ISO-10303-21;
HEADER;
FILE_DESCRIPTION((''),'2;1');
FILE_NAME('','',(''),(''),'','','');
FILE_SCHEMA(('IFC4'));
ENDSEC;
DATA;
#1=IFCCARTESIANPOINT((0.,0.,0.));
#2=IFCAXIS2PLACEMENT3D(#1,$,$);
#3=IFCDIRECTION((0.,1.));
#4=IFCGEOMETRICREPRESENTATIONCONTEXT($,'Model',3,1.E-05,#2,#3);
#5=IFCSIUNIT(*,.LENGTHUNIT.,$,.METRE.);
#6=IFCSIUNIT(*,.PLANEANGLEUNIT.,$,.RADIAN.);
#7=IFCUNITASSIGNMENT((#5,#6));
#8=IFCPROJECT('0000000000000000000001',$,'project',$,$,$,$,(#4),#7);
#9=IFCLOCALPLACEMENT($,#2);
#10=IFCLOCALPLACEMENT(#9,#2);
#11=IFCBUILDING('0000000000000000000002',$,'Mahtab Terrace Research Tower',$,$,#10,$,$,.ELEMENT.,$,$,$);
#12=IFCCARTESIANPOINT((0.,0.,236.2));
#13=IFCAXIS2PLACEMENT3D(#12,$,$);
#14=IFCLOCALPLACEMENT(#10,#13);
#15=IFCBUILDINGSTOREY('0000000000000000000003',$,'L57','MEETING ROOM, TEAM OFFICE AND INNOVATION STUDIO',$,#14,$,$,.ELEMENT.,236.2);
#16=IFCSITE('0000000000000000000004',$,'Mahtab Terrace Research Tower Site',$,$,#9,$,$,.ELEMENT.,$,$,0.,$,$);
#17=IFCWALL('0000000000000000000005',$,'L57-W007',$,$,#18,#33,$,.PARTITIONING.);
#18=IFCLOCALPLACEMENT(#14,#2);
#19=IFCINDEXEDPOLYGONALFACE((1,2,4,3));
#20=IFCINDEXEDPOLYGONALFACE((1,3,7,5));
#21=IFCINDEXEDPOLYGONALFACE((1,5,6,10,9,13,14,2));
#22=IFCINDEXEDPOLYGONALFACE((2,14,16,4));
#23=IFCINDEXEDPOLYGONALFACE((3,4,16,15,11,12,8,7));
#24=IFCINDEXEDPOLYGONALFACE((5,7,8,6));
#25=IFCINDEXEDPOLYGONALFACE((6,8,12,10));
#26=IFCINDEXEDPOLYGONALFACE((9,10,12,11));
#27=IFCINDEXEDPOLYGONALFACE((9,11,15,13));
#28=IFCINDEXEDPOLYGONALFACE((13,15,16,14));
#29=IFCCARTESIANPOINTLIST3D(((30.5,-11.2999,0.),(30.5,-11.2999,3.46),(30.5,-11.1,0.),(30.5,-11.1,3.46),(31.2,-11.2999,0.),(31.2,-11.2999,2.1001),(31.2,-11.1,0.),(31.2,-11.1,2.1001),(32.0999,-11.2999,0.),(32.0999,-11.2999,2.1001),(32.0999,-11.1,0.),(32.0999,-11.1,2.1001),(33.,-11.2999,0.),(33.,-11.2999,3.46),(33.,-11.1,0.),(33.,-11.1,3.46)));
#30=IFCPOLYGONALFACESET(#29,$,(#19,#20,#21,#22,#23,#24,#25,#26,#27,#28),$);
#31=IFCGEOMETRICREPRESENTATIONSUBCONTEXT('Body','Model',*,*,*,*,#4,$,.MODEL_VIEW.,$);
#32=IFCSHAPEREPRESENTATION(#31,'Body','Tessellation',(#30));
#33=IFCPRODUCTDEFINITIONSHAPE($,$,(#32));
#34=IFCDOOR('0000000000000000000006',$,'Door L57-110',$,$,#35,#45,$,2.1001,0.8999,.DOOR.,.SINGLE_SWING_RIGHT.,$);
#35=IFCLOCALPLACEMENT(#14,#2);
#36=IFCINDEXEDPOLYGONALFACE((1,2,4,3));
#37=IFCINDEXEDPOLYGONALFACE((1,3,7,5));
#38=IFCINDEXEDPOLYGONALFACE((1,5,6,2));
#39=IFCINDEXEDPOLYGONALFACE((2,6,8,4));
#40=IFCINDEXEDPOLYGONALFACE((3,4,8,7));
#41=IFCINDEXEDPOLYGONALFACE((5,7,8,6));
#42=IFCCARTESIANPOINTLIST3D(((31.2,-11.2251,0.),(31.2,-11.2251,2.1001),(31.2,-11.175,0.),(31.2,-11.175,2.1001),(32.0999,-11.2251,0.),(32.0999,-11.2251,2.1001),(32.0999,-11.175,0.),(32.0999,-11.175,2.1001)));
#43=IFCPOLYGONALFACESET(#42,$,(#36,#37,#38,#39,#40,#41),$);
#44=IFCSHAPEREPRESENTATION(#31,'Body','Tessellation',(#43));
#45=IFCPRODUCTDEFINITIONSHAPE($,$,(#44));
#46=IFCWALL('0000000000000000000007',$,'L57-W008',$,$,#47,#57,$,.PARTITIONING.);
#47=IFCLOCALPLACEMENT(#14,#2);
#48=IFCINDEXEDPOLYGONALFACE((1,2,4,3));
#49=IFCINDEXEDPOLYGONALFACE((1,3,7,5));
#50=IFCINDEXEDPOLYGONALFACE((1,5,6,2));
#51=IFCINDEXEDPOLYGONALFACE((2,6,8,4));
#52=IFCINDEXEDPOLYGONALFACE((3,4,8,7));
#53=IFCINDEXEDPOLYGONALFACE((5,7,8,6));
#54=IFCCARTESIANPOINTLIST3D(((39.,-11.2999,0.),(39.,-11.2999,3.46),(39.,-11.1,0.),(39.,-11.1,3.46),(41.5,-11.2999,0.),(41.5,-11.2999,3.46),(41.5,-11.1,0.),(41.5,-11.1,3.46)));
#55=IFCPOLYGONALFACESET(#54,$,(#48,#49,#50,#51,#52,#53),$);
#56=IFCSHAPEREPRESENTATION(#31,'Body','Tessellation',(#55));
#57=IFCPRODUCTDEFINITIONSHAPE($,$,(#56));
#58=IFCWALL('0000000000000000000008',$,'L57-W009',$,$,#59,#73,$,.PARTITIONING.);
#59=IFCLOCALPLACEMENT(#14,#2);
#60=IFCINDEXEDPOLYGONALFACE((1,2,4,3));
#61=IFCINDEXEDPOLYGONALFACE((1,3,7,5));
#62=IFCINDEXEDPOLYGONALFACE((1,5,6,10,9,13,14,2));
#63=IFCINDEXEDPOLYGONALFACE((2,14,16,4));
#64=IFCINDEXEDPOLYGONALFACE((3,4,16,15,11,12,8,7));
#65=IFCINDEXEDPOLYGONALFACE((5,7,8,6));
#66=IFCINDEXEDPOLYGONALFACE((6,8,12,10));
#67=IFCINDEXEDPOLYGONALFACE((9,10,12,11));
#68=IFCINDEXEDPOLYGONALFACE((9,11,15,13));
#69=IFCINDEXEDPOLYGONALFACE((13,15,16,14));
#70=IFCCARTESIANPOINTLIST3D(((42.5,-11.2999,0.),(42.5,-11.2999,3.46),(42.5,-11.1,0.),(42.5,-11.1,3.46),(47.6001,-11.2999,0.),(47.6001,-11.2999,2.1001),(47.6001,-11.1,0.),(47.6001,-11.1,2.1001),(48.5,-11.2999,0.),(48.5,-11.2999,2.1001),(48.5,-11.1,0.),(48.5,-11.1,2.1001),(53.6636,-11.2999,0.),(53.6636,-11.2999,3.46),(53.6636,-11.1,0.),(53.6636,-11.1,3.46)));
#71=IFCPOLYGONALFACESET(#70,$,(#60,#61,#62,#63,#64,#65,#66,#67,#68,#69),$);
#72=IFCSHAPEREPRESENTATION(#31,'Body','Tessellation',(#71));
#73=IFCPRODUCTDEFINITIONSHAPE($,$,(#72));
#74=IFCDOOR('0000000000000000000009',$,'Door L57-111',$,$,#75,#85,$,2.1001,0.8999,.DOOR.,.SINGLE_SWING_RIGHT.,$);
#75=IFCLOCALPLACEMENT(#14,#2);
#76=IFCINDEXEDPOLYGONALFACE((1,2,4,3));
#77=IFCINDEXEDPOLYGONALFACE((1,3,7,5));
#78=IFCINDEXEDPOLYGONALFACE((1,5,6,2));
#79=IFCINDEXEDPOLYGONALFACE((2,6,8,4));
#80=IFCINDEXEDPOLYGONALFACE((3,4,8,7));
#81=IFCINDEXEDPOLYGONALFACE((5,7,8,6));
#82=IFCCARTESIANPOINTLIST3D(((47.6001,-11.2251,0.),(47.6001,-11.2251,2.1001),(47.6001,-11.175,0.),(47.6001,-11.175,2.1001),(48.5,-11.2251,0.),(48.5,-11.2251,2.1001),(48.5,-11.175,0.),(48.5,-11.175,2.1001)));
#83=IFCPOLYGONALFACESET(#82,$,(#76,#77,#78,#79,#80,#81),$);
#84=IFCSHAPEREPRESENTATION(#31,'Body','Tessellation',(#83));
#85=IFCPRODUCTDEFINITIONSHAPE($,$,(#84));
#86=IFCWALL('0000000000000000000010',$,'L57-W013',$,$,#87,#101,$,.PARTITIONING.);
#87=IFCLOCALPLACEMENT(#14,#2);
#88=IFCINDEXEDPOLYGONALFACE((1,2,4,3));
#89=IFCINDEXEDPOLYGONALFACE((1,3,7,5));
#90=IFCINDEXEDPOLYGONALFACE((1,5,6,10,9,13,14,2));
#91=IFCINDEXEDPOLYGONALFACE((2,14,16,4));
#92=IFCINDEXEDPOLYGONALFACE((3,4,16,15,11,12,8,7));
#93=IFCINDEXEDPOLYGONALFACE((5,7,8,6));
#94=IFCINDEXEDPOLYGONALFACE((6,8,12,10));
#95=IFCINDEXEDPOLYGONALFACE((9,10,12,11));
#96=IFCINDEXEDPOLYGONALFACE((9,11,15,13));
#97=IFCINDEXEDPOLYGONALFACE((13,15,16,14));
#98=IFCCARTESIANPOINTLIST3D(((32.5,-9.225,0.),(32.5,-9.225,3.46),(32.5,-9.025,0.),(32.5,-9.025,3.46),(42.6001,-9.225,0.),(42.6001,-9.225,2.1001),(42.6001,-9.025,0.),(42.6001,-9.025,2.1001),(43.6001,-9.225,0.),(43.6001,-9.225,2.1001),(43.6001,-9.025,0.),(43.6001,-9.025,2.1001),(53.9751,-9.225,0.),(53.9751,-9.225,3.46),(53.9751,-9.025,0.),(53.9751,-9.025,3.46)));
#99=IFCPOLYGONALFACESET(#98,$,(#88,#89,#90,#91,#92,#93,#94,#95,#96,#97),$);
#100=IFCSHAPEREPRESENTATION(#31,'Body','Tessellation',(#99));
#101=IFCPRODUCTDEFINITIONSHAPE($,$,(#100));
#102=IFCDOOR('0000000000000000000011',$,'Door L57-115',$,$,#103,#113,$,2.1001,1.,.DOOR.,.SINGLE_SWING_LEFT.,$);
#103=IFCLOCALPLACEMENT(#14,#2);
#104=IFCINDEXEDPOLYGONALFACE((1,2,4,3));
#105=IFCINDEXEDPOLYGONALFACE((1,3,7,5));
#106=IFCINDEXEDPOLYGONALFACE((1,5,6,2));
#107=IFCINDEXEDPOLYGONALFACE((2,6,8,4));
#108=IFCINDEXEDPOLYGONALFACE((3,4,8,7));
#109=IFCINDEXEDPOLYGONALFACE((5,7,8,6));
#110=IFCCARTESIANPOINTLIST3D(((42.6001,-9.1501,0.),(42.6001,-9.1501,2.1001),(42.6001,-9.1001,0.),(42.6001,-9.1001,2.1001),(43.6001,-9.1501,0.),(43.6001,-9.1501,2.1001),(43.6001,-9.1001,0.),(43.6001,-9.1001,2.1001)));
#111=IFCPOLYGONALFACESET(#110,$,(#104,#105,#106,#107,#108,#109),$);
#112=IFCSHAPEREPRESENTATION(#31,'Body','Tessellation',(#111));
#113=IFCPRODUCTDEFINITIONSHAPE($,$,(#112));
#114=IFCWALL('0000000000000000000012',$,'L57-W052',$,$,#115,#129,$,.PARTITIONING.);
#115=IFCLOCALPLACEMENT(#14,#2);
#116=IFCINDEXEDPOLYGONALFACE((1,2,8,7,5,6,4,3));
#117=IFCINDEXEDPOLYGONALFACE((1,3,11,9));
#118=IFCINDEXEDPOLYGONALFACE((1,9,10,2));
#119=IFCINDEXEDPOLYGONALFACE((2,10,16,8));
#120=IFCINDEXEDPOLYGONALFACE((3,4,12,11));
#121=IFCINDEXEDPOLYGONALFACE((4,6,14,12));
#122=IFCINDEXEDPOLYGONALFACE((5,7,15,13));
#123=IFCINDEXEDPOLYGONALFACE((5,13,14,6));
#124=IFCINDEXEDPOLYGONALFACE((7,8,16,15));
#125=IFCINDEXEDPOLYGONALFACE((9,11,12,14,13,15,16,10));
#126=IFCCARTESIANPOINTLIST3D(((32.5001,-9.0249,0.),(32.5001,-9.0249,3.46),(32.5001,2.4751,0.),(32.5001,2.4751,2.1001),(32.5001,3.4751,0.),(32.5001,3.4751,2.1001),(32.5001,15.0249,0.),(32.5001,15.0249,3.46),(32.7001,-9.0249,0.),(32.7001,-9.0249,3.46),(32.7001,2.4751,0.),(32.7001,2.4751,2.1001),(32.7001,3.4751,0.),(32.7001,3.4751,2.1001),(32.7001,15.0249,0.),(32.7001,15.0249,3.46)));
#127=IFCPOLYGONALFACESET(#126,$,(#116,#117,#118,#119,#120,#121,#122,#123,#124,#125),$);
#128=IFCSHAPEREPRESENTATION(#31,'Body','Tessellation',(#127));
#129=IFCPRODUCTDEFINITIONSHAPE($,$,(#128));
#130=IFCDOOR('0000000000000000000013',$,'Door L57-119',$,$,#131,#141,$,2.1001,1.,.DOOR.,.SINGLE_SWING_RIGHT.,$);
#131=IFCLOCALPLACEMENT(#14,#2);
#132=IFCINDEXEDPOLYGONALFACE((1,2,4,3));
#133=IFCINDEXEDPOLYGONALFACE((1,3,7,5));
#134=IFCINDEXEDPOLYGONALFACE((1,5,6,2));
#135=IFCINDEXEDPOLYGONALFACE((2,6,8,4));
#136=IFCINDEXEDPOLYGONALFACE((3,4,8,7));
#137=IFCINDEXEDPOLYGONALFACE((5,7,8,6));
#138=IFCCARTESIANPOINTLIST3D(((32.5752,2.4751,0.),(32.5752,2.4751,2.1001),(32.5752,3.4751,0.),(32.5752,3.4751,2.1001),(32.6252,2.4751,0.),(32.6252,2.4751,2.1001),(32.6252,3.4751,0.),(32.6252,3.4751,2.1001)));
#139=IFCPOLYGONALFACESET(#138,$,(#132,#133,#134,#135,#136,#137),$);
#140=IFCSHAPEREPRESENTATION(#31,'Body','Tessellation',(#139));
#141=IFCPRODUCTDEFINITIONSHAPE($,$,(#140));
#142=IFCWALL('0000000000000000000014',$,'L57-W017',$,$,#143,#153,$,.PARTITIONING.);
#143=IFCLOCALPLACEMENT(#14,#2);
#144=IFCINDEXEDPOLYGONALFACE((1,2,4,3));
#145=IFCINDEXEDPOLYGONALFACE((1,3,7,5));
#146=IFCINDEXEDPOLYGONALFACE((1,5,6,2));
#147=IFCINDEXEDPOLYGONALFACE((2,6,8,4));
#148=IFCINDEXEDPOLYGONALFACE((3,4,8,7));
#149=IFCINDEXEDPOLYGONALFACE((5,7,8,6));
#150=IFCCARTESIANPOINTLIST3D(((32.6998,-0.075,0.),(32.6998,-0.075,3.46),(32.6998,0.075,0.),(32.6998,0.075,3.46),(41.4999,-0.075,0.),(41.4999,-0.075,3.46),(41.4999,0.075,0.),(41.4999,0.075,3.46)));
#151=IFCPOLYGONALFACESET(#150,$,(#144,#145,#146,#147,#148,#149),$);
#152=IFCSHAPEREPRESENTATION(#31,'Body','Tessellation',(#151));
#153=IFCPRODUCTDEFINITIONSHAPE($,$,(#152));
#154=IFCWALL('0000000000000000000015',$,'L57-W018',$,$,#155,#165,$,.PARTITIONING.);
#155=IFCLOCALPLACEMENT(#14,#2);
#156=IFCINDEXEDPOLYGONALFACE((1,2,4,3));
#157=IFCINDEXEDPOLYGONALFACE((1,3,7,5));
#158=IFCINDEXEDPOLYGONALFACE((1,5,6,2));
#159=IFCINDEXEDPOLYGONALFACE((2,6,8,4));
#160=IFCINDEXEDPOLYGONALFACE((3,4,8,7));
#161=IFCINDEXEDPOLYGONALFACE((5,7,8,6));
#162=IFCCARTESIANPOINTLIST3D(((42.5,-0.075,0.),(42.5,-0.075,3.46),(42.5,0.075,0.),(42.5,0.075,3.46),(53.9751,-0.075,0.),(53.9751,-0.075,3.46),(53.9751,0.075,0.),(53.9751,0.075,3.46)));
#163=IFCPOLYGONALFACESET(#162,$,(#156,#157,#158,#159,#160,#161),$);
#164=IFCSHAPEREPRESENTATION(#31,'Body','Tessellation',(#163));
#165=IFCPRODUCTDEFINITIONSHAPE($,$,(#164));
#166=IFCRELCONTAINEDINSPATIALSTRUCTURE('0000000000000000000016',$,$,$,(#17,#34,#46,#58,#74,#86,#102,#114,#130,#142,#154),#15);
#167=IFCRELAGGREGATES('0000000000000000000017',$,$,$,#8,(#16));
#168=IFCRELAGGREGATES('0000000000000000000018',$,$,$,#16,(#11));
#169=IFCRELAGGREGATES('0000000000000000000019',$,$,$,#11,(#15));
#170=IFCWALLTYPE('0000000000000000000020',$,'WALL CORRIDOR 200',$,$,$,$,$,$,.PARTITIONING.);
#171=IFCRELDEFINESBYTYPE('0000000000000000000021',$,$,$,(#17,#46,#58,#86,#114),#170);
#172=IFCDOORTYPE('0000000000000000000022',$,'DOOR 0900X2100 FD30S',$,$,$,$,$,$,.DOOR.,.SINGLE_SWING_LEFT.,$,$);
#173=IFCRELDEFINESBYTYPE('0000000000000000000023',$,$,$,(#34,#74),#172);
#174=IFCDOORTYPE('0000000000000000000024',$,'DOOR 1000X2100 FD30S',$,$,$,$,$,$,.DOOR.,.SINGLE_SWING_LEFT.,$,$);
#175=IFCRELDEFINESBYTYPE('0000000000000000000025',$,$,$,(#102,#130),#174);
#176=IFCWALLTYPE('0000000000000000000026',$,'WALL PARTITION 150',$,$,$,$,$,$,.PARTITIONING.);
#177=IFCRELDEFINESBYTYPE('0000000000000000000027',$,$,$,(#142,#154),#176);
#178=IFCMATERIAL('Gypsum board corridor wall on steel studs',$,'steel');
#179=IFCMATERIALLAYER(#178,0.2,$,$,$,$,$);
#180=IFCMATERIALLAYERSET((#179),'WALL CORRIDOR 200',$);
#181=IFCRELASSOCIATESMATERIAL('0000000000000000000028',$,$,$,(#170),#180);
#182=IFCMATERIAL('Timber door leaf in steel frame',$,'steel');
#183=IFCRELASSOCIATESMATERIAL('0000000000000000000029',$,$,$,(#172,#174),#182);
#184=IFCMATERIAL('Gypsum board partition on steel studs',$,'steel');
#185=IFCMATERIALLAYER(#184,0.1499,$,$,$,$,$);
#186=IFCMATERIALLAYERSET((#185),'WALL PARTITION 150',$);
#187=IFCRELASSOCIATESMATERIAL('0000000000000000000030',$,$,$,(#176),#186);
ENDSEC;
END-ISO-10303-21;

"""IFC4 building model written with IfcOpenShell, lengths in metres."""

from ifc_helpers import new_model, si_unit, direction, frame, frame_2d, origin, place, context, subcontext, project, spatial, rectangle, extrude, material, layer, layer_set, type_object, element, fill, save


model = new_model("IFC4")

# Units and contexts
model_context = context("Model", 3, precision=1e-05, world=origin(), true_north=direction((0.0, 1.0)))
body_context = subcontext(model_context, "Body", "Model", "MODEL_VIEW")
ifc_project = project(units=[si_unit("LENGTHUNIT", "METRE"), si_unit("PLANEANGLEUNIT", "RADIAN")], contexts=[model_context])

# Site, building, storey
site_placement = place(None, origin())
site = spatial("IfcSite", under=ifc_project, at=site_placement, Name="Mahtab Terrace Research Tower Site", CompositionType="ELEMENT", RefElevation=0.0)
building_placement = place(site_placement, origin())
building = spatial("IfcBuilding", under=site, at=building_placement, Name="Mahtab Terrace Research Tower", CompositionType="ELEMENT")
storey_placement = place(building_placement, frame((0.0, 0.0, 236.2)))
storey = spatial("IfcBuildingStorey", under=building, at=storey_placement, Name="L57", Description="MEETING ROOM, TEAM OFFICE AND INNOVATION STUDIO", CompositionType="ELEMENT", Elevation=236.2)

# Wall, opening, door
ifc_material_1 = material(Name="Gypsum board corridor wall on steel studs", Category="steel")
ifc_layer_1 = layer(ifc_material_1, 0.2)
ifc_layer_set_1 = layer_set([ifc_layer_1], Name="WALL CORRIDOR 200")
wall_type_1 = type_object("IfcWallType", Name="WALL CORRIDOR 200", PredefinedType="PARTITIONING", material=ifc_layer_set_1)
wall_1_placement = place(storey_placement, frame((30.5, -11.2, 0.0), z_axis=(0.0, 0.0, 1.0), x_axis=(1.0, 0.0, 0.0)))
wall_1 = element("IfcWall", 1, at=wall_1_placement, inside=storey, type_object=wall_type_1, Name="L57-W007", PredefinedType="PARTITIONING", context=body_context, shape_type="SweptSolid", body=[
    extrude(rectangle(XDim=2.5, YDim=0.2, at=frame_2d((1.25, 0.0))), origin(), (0.0, 0.0, 1.0), 3.46),
])
opening_1_placement = place(wall_1_placement, frame((0.7, 0.0, 0.0)))
opening_1 = element("IfcOpeningElement", 2, at=opening_1_placement, cuts=wall_1, PredefinedType="OPENING", context=body_context, shape_type="SweptSolid", body=[
    extrude(rectangle(XDim=0.8999, YDim=2.1001, at=frame_2d((0.45, 1.05))), frame((0.0, 0.1099, 0.0), z_axis=(0.0, -1.0, 0.0), x_axis=(1.0, 0.0, 0.0)), (0.0, 0.0, 1.0), 0.22),
])
ifc_material_2 = material(Name="Timber door leaf in steel frame", Category="steel")
door_type_1 = type_object("IfcDoorType", Name="DOOR 0900X2100 FD30S", OperationType="SINGLE_SWING_LEFT", PredefinedType="DOOR", material=ifc_material_2)
door_1_placement = place(opening_1_placement, origin())
door_1 = element("IfcDoor", 3, at=door_1_placement, inside=storey, type_object=door_type_1, Name="Door L57-110", OperationType="SINGLE_SWING_RIGHT", OverallHeight=2.1001, OverallWidth=0.8999, PredefinedType="DOOR", context=body_context, shape_type="SweptSolid", body=[
    extrude(rectangle(XDim=0.8999, YDim=2.1001, at=frame_2d((0.45, 1.05))), frame((0.0, 0.0249, 0.0), z_axis=(0.0, -1.0, 0.0), x_axis=(1.0, 0.0, 0.0)), (0.0, 0.0, 1.0), 0.05),
])
fill(opening_1, door_1)

# Wall
wall_2_placement = place(storey_placement, frame((39.0, -11.2, 0.0), z_axis=(0.0, 0.0, 1.0), x_axis=(1.0, 0.0, 0.0)))
element("IfcWall", 4, at=wall_2_placement, inside=storey, type_object=wall_type_1, Name="L57-W008", PredefinedType="PARTITIONING", context=body_context, shape_type="SweptSolid", body=[
    extrude(rectangle(XDim=2.5, YDim=0.2, at=frame_2d((1.25, 0.0))), origin(), (0.0, 0.0, 1.0), 3.46),
])

# Walls, openings, doors
wall_3_placement = place(storey_placement, frame((42.5, -11.2, 0.0), z_axis=(0.0, 0.0, 1.0), x_axis=(1.0, 0.0, 0.0)))
wall_3 = element("IfcWall", 5, at=wall_3_placement, inside=storey, type_object=wall_type_1, Name="L57-W009", PredefinedType="PARTITIONING", context=body_context, shape_type="SweptSolid", body=[
    extrude(rectangle(XDim=11.1636, YDim=0.2, at=frame_2d((5.5818, 0.0))), origin(), (0.0, 0.0, 1.0), 3.46),
])
opening_2_placement = place(wall_3_placement, frame((5.1001, 0.0, 0.0)))
opening_2 = element("IfcOpeningElement", 6, at=opening_2_placement, cuts=wall_3, PredefinedType="OPENING", context=body_context, shape_type="SweptSolid", body=[
    extrude(rectangle(XDim=0.8999, YDim=2.1001, at=frame_2d((0.45, 1.05))), frame((0.0, 0.1099, 0.0), z_axis=(0.0, -1.0, 0.0), x_axis=(1.0, 0.0, 0.0)), (0.0, 0.0, 1.0), 0.22),
])
door_2_placement = place(opening_2_placement, origin())
door_2 = element("IfcDoor", 7, at=door_2_placement, inside=storey, type_object=door_type_1, Name="Door L57-111", OperationType="SINGLE_SWING_RIGHT", OverallHeight=2.1001, OverallWidth=0.8999, PredefinedType="DOOR", context=body_context, shape_type="SweptSolid", body=[
    extrude(rectangle(XDim=0.8999, YDim=2.1001, at=frame_2d((0.45, 1.05))), frame((0.0, 0.0249, 0.0), z_axis=(0.0, -1.0, 0.0), x_axis=(1.0, 0.0, 0.0)), (0.0, 0.0, 1.0), 0.05),
])
fill(opening_2, door_2)
wall_4_placement = place(storey_placement, frame((32.5, -9.125, 0.0), z_axis=(0.0, 0.0, 1.0), x_axis=(1.0, 0.0, 0.0)))
wall_4 = element("IfcWall", 8, at=wall_4_placement, inside=storey, type_object=wall_type_1, Name="L57-W013", PredefinedType="PARTITIONING", context=body_context, shape_type="SweptSolid", body=[
    extrude(rectangle(XDim=21.4751, YDim=0.2, at=frame_2d((10.7375, 0.0))), origin(), (0.0, 0.0, 1.0), 3.46),
])
opening_3_placement = place(wall_4_placement, frame((10.1001, 0.0, 0.0)))
opening_3 = element("IfcOpeningElement", 9, at=opening_3_placement, cuts=wall_4, PredefinedType="OPENING", context=body_context, shape_type="SweptSolid", body=[
    extrude(rectangle(XDim=1.0, YDim=2.1001, at=frame_2d((0.5, 1.05))), frame((0.0, 0.1099, 0.0), z_axis=(0.0, -1.0, 0.0), x_axis=(1.0, 0.0, 0.0)), (0.0, 0.0, 1.0), 0.22),
])
door_type_2 = type_object("IfcDoorType", Name="DOOR 1000X2100 FD30S", OperationType="SINGLE_SWING_LEFT", PredefinedType="DOOR", material=ifc_material_2)
door_3_placement = place(opening_3_placement, origin())
door_3 = element("IfcDoor", 10, at=door_3_placement, inside=storey, type_object=door_type_2, Name="Door L57-115", OperationType="SINGLE_SWING_LEFT", OverallHeight=2.1001, OverallWidth=1.0, PredefinedType="DOOR", context=body_context, shape_type="SweptSolid", body=[
    extrude(rectangle(XDim=1.0, YDim=2.1001, at=frame_2d((0.5, 1.05))), frame((0.0, 0.0249, 0.0), z_axis=(0.0, -1.0, 0.0), x_axis=(1.0, 0.0, 0.0)), (0.0, 0.0, 1.0), 0.05),
])
fill(opening_3, door_3)
wall_5_placement = place(storey_placement, frame((32.6001, -9.0249, 0.0), z_axis=(0.0, 0.0, 1.0), x_axis=(0.0, 1.0, 0.0)))
wall_5 = element("IfcWall", 11, at=wall_5_placement, inside=storey, type_object=wall_type_1, Name="L57-W052", PredefinedType="PARTITIONING", context=body_context, shape_type="SweptSolid", body=[
    extrude(rectangle(XDim=24.0498, YDim=0.2, at=frame_2d((12.0249, 0.0))), origin(), (0.0, 0.0, 1.0), 3.46),
])
opening_4_placement = place(wall_5_placement, frame((11.5, 0.0, 0.0)))
opening_4 = element("IfcOpeningElement", 12, at=opening_4_placement, cuts=wall_5, PredefinedType="OPENING", context=body_context, shape_type="SweptSolid", body=[
    extrude(rectangle(XDim=1.0, YDim=2.1001, at=frame_2d((0.5, 1.05))), frame((0.0, 0.1099, 0.0), z_axis=(0.0, -1.0, 0.0), x_axis=(1.0, 0.0, 0.0)), (0.0, 0.0, 1.0), 0.22),
])
door_4_placement = place(opening_4_placement, origin())
door_4 = element("IfcDoor", 13, at=door_4_placement, inside=storey, type_object=door_type_2, Name="Door L57-119", OperationType="SINGLE_SWING_RIGHT", OverallHeight=2.1001, OverallWidth=1.0, PredefinedType="DOOR", context=body_context, shape_type="SweptSolid", body=[
    extrude(rectangle(XDim=1.0, YDim=2.1001, at=frame_2d((0.5, 1.05))), frame((0.0, 0.0249, 0.0), z_axis=(0.0, -1.0, 0.0), x_axis=(1.0, 0.0, 0.0)), (0.0, 0.0, 1.0), 0.05),
])
fill(opening_4, door_4)

# Walls
ifc_material_3 = material(Name="Gypsum board partition on steel studs", Category="steel")
ifc_layer_2 = layer(ifc_material_3, 0.1499)
ifc_layer_set_2 = layer_set([ifc_layer_2], Name="WALL PARTITION 150")
wall_type_2 = type_object("IfcWallType", Name="WALL PARTITION 150", PredefinedType="PARTITIONING", material=ifc_layer_set_2)
wall_6_placement = place(storey_placement, frame((32.7, 0.0, 0.0), z_axis=(0.0, 0.0, 1.0), x_axis=(1.0, 0.0, 0.0)))
element("IfcWall", 14, at=wall_6_placement, inside=storey, type_object=wall_type_2, Name="L57-W017", PredefinedType="PARTITIONING", context=body_context, shape_type="SweptSolid", body=[
    extrude(rectangle(XDim=8.8, YDim=0.1499, at=frame_2d((4.3999, 0.0))), origin(), (0.0, 0.0, 1.0), 3.46),
])
wall_7_placement = place(storey_placement, frame((42.5, 0.0, 0.0), z_axis=(0.0, 0.0, 1.0), x_axis=(1.0, 0.0, 0.0)))
element("IfcWall", 15, at=wall_7_placement, inside=storey, type_object=wall_type_2, Name="L57-W018", PredefinedType="PARTITIONING", context=body_context, shape_type="SweptSolid", body=[
    extrude(rectangle(XDim=11.4751, YDim=0.1499, at=frame_2d((5.7375, 0.0))), origin(), (0.0, 0.0, 1.0), 3.46),
])

save(model, "model.ifc")
